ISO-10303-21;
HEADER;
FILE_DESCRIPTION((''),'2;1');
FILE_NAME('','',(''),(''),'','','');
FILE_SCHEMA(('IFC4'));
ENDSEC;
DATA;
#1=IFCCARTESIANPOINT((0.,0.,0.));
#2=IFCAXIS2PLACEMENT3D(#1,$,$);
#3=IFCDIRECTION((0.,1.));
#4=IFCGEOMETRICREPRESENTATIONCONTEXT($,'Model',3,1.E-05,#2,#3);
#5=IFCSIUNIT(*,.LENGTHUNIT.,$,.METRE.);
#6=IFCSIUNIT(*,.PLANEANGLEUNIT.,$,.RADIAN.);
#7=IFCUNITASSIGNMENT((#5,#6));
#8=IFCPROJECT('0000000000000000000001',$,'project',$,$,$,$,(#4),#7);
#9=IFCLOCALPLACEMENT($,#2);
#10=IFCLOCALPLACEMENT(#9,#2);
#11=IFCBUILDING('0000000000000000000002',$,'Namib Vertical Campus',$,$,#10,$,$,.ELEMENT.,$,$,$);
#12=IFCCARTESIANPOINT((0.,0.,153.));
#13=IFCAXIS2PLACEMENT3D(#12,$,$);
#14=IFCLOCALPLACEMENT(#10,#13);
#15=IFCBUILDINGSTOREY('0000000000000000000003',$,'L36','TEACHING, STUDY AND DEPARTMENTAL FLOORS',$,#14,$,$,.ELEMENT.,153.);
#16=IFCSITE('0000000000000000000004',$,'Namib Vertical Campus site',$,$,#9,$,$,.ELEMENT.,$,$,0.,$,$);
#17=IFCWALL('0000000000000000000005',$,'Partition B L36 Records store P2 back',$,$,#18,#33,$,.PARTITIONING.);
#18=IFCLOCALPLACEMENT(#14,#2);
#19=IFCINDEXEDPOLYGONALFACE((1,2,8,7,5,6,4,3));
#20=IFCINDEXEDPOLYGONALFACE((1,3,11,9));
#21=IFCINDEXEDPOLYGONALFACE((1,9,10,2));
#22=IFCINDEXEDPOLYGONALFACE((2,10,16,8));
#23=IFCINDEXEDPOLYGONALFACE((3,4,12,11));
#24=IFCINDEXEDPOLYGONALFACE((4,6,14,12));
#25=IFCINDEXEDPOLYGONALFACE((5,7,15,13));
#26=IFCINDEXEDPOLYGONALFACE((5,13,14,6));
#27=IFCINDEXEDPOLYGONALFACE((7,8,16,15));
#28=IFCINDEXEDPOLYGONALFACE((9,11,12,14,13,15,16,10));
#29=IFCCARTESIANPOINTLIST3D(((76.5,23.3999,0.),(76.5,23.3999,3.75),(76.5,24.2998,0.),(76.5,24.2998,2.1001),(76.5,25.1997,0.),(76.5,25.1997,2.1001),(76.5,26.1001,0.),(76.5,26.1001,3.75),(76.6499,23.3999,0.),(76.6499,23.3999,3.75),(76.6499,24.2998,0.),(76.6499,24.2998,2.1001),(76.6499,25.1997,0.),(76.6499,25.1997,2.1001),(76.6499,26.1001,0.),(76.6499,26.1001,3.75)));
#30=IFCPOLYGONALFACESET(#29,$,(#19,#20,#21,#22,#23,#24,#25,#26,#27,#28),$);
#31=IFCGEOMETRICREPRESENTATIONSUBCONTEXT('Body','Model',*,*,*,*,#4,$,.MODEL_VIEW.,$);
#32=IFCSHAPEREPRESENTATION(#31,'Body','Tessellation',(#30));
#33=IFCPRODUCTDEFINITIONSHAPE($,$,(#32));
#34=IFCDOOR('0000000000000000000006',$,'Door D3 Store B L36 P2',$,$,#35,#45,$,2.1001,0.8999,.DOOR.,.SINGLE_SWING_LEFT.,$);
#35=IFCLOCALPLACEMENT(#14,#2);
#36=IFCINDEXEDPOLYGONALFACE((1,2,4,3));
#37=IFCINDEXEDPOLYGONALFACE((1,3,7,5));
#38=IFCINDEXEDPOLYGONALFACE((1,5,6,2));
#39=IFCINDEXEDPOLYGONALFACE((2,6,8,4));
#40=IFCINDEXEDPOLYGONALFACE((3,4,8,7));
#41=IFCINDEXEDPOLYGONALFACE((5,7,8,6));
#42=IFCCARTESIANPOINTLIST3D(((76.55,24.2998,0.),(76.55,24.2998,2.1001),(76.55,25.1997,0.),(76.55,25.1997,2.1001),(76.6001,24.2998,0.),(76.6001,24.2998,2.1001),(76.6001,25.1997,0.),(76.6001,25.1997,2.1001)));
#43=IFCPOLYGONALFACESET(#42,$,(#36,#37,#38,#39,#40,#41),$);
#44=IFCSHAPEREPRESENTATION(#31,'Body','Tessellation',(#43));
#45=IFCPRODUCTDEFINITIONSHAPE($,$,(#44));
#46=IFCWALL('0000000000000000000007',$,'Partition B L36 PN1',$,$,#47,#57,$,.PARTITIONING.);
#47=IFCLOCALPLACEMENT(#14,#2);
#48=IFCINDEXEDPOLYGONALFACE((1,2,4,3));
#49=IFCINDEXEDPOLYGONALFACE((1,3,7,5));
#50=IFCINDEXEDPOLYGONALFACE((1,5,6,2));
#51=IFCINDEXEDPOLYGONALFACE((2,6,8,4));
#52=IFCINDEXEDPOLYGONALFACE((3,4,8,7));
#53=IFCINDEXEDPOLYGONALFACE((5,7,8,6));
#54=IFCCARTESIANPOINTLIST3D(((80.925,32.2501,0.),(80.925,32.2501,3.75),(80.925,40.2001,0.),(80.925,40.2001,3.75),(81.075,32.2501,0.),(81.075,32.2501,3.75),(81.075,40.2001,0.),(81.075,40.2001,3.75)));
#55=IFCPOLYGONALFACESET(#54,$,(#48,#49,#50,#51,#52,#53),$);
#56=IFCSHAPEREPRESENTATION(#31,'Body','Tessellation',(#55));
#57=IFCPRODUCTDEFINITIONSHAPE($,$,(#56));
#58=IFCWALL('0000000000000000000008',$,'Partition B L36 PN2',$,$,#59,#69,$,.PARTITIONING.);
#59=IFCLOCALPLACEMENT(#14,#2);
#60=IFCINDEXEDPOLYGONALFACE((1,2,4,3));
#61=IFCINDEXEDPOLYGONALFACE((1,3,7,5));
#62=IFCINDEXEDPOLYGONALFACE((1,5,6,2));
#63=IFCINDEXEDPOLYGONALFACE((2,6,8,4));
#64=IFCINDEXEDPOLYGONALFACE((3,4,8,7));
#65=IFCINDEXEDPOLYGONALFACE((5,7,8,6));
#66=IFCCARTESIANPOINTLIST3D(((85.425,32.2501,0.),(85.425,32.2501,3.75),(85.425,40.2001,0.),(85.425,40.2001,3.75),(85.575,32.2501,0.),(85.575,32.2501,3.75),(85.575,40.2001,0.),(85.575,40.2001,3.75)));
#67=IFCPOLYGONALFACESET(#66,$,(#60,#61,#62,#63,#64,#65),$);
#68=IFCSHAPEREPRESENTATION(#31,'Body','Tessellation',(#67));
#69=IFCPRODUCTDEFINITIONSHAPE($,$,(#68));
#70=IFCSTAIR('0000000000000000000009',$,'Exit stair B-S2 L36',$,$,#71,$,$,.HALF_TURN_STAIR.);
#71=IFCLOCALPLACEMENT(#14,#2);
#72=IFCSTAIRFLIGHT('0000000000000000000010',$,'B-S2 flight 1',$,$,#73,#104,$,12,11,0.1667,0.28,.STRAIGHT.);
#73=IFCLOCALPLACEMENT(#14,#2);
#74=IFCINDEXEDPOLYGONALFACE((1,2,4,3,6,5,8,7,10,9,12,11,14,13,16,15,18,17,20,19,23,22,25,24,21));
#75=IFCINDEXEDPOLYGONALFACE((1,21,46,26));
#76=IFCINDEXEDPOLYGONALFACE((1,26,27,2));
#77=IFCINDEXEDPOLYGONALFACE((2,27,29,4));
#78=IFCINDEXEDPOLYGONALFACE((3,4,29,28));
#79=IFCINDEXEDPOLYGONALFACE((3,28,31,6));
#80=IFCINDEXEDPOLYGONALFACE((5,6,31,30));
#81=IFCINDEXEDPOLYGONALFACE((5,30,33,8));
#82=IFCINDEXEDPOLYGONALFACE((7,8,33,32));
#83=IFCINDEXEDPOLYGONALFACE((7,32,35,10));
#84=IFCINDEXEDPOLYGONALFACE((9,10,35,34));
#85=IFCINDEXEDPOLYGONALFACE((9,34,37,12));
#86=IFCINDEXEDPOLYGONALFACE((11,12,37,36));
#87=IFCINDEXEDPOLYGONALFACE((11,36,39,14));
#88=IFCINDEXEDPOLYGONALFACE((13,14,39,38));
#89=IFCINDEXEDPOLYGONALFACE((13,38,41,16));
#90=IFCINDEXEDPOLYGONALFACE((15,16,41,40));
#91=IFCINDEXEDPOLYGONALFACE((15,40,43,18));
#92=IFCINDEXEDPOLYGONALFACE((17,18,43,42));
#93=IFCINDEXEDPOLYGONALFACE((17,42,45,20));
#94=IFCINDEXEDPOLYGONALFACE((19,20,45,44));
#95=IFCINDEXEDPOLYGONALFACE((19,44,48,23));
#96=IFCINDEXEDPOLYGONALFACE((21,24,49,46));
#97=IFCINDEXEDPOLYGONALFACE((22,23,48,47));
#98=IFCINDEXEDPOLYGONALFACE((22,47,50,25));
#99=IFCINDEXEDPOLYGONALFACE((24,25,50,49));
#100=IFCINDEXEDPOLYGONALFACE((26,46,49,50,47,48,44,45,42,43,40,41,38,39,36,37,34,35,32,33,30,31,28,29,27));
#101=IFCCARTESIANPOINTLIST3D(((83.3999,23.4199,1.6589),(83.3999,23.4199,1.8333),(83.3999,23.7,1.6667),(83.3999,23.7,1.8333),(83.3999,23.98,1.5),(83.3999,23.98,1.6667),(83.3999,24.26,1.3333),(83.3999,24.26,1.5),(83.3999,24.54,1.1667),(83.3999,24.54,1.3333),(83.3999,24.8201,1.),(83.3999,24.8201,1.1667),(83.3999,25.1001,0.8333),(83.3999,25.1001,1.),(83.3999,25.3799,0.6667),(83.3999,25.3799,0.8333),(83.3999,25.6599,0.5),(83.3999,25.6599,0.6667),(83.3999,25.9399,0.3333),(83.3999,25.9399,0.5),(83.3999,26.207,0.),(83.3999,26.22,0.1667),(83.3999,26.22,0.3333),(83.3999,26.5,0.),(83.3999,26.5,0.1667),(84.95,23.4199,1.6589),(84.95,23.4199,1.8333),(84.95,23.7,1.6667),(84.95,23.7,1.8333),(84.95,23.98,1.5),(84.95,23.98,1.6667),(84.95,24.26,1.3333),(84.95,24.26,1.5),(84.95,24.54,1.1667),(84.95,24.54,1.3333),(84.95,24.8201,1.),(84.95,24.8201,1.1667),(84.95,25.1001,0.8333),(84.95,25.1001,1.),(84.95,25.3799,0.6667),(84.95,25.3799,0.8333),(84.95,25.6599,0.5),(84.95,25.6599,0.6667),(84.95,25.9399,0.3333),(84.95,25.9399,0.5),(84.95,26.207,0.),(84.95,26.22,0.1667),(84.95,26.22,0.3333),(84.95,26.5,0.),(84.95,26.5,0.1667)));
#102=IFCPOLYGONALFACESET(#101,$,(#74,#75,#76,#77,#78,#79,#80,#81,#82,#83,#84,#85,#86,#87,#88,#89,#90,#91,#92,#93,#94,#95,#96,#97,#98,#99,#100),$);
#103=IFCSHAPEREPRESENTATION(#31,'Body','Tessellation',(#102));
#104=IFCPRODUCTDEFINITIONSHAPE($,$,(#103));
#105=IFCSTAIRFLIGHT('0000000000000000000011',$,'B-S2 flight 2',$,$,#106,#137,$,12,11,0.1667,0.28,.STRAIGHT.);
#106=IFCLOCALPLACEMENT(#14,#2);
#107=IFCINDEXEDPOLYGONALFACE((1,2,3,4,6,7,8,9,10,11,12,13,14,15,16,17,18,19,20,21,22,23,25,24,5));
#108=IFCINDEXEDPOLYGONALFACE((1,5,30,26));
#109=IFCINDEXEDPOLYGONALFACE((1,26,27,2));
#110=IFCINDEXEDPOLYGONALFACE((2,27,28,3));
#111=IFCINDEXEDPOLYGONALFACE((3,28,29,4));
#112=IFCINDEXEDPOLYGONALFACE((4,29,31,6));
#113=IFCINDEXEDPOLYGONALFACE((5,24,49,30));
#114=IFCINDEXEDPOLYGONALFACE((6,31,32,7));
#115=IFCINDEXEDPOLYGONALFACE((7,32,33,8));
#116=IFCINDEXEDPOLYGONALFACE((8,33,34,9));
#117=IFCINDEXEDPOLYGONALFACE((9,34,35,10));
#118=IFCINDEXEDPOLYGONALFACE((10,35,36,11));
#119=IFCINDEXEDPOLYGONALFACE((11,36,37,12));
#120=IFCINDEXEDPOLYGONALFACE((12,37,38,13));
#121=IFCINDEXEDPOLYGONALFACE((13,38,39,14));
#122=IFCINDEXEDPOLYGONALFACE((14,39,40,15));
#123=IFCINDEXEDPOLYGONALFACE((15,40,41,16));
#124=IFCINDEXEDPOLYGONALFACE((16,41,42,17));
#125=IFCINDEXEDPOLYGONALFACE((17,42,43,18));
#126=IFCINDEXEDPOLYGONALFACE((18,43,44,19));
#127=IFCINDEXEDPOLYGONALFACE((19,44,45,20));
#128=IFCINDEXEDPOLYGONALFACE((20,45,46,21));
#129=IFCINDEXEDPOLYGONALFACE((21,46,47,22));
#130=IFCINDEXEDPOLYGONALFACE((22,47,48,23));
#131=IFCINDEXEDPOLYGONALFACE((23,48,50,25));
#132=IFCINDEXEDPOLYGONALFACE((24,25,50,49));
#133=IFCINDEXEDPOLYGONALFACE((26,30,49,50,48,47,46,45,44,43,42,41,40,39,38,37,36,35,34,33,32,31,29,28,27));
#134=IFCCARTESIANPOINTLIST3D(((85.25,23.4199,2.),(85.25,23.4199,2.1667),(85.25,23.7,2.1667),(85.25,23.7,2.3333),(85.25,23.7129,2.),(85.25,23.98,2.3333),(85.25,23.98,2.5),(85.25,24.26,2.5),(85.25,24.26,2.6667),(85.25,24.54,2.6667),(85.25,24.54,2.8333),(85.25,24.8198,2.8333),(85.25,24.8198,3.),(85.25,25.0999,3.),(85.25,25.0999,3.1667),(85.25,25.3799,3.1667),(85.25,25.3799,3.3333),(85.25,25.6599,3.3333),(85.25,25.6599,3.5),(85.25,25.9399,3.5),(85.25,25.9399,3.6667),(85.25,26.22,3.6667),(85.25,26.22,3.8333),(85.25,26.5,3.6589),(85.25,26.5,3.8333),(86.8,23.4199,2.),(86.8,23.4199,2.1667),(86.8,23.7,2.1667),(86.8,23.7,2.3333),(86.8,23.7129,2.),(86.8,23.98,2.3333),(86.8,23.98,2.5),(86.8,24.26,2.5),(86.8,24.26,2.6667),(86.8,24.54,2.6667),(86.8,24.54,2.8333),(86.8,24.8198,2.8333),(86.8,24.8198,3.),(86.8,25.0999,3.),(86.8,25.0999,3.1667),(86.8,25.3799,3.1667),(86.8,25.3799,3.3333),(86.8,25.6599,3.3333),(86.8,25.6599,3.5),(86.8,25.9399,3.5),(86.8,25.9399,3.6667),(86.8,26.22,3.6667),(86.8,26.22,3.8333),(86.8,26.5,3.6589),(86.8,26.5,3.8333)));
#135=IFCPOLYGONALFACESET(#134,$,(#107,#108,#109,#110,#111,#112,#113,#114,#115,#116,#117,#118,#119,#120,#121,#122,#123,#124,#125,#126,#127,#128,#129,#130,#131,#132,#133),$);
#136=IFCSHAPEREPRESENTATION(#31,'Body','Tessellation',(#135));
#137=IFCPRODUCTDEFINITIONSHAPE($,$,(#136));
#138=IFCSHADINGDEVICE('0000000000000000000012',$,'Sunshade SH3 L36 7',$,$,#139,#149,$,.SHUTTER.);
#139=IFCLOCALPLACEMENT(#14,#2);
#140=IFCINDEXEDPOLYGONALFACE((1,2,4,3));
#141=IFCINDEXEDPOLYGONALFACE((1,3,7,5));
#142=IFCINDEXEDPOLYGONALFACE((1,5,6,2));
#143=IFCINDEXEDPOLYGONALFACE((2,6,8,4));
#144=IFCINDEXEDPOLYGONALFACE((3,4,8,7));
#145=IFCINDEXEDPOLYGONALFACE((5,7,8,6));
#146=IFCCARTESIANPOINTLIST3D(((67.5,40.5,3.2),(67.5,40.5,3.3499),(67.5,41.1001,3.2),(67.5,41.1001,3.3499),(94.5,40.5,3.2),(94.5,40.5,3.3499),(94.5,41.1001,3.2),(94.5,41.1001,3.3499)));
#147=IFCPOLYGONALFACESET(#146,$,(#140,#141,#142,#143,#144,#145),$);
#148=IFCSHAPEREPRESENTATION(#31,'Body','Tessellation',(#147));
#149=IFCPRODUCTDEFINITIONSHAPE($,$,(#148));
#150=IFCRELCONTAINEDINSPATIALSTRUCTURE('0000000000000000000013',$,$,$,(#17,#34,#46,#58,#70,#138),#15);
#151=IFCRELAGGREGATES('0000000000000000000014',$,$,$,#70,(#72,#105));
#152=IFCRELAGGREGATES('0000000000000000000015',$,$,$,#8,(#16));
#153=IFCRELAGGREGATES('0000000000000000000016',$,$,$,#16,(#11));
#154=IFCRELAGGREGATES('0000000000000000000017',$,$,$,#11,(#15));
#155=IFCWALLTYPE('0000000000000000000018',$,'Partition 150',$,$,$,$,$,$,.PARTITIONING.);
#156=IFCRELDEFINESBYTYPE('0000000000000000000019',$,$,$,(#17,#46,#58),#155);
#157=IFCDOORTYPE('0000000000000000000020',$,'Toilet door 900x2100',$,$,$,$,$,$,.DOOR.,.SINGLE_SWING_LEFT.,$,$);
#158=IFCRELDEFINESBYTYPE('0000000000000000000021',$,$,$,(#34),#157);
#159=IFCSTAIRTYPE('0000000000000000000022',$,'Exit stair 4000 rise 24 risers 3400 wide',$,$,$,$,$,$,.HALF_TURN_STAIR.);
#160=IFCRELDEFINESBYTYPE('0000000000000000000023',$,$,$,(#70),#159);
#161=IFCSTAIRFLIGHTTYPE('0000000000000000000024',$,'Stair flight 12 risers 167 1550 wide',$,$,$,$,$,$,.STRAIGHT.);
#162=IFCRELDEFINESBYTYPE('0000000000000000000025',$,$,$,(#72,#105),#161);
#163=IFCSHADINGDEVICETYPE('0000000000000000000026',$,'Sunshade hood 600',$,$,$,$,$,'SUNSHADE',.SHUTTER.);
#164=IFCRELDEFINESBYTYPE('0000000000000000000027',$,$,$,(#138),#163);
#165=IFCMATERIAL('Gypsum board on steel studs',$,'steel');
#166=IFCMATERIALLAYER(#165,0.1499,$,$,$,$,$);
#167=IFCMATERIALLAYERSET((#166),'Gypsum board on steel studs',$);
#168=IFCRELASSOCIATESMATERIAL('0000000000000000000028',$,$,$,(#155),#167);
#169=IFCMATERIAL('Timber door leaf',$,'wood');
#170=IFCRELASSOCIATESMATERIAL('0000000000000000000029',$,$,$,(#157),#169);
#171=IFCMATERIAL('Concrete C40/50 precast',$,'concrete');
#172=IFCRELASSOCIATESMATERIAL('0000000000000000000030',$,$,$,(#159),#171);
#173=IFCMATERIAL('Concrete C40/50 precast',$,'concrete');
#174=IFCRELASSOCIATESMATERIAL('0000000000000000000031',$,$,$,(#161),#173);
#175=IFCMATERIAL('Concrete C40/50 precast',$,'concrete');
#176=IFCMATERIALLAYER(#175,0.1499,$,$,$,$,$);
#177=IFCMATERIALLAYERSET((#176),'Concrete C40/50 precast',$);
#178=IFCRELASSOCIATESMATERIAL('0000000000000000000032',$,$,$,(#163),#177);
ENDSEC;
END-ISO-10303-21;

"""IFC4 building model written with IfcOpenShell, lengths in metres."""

from ifc_helpers import new_model, si_unit, direction, frame, frame_2d, origin, origin_2d, place, context, subcontext, project, spatial, polyline, rectangle, outline, extrude, material, layer, layer_set, type_object, element, fill, aggregate, save


model = new_model("IFC4")

# Units and contexts
model_context = context("Model", 3, precision=1e-05, world=origin(), true_north=direction((0.0, 1.0)))
body_context = subcontext(model_context, "Body", "Model", "MODEL_VIEW")
ifc_project = project(units=[si_unit("LENGTHUNIT", "METRE"), si_unit("PLANEANGLEUNIT", "RADIAN")], contexts=[model_context])

# Site, building, storey
site_placement = place(None, origin())
site = spatial("IfcSite", under=ifc_project, at=site_placement, Name="Namib Vertical Campus site", CompositionType="ELEMENT", RefElevation=0.0)
building_placement = place(site_placement, origin())
building = spatial("IfcBuilding", under=site, at=building_placement, Name="Namib Vertical Campus", CompositionType="ELEMENT")
storey_placement = place(building_placement, frame((0.0, 0.0, 153.0)))
storey = spatial("IfcBuildingStorey", under=building, at=storey_placement, Name="L36", Description="TEACHING, STUDY AND DEPARTMENTAL FLOORS", CompositionType="ELEMENT", Elevation=153.0)

# Shared definitions
ifc_material_1 = material(Name="Gypsum board on steel studs", Category="steel")
ifc_layer_1 = layer(ifc_material_1, 0.1499)
ifc_layer_set_1 = layer_set([ifc_layer_1], Name="Gypsum board on steel studs")
wall_type_1 = type_object("IfcWallType", Name="Partition 150", PredefinedType="PARTITIONING", material=ifc_layer_set_1)
ifc_material_2 = material(Name="Timber door leaf", Category="wood")
door_type = type_object("IfcDoorType", Name="Toilet door 900x2100", OperationType="SINGLE_SWING_LEFT", PredefinedType="DOOR", material=ifc_material_2)

# Wall, opening, door
wall_1_placement = place(storey_placement, frame((76.575, 23.3999, 0.0), z_axis=(0.0, 0.0, 1.0), x_axis=(0.0, 1.0, 0.0)))
wall_1 = element("IfcWall", 1, at=wall_1_placement, inside=storey, type_object=wall_type_1, Name="Partition B L36 Records store P2 back", PredefinedType="PARTITIONING", context=body_context, shape_type="SweptSolid", body=[
    extrude(rectangle(XDim=2.7002, YDim=0.1499, at=frame_2d((1.3501, 0.0))), origin(), (0.0, 0.0, 1.0), 3.75),
])
opening_1_placement = place(wall_1_placement, frame((0.8999, 0.0, 0.0)))
opening_1 = element("IfcOpeningElement", 2, at=opening_1_placement, cuts=wall_1, PredefinedType="OPENING", context=body_context, shape_type="SweptSolid", body=[
    extrude(rectangle(XDim=0.8999, YDim=2.1001, at=frame_2d((0.45, 1.05))), frame((0.0, 0.085, 0.0), z_axis=(0.0, -1.0, 0.0), x_axis=(1.0, 0.0, 0.0)), (0.0, 0.0, 1.0), 0.1699),
])
door_1_placement = place(opening_1_placement, origin())
door_1 = element("IfcDoor", 3, at=door_1_placement, inside=storey, type_object=door_type, Name="Door D3 Store B L36 P2", OperationType="SINGLE_SWING_LEFT", OverallHeight=2.1001, OverallWidth=0.8999, PredefinedType="DOOR", context=body_context, shape_type="SweptSolid", body=[
    extrude(rectangle(XDim=0.8999, YDim=2.1001, at=frame_2d((0.45, 1.05))), frame((0.0, 0.0249, 0.0), z_axis=(0.0, -1.0, 0.0), x_axis=(1.0, 0.0, 0.0)), (0.0, 0.0, 1.0), 0.05),
])
fill(opening_1, door_1)

# Walls
for number, where, z_axis, x_axis, name in (
    (4, (81.0, 32.25, 0.0), (0.0, 0.0, 1.0), (0.0, 1.0, 0.0), "Partition B L36 PN1"),
    (5, (85.5, 32.25, 0.0), (0.0, 0.0, 1.0), (0.0, 1.0, 0.0), "Partition B L36 PN2"),
):
    element("IfcWall", number, at=place(storey_placement, frame(where, z_axis=z_axis, x_axis=x_axis)), inside=storey, type_object=wall_type_1, Name=name, PredefinedType="PARTITIONING", context=body_context, shape_type="SweptSolid", body=[
        extrude(rectangle(XDim=7.95, YDim=0.1499, at=frame_2d((3.9751, 0.0))), origin(), (0.0, 0.0, 1.0), 3.75),
    ])

# Stair, stair flights
ifc_material_3 = material(Name="Concrete C40/50 precast", Category="concrete")
stair_type = type_object("IfcStairType", Name="Exit stair 4000 rise 24 risers 3400 wide", PredefinedType="HALF_TURN_STAIR", material=ifc_material_3)
stair_placement = place(storey_placement, origin())
stair = element("IfcStair", 6, at=stair_placement, inside=storey, type_object=stair_type, Name="Exit stair B-S2 L36", PredefinedType="HALF_TURN_STAIR")
ifc_material_4 = material(Name="Concrete C40/50 precast", Category="concrete")
stair_flight_type = type_object("IfcStairFlightType", Name="Stair flight 12 risers 167 1550 wide", PredefinedType="STRAIGHT", material=ifc_material_4)
stair_flight_1_placement = place(storey_placement, frame((84.175, 26.5, 0.0), z_axis=(0.0, 0.0, 1.0), x_axis=(0.0, -1.0, 0.0)))
stair_flight_1 = element("IfcStairFlight", 7, at=stair_flight_1_placement, type_object=stair_flight_type, Name="B-S2 flight 1", NumberOfRisers=12, NumberOfTreads=11, PredefinedType="STRAIGHT", RiserHeight=0.1667, TreadLength=0.28, context=body_context, shape_type="SweptSolid", body=[
    extrude(outline(polyline([(0.0, 0.0), (0.0, 0.1667), (0.28, 0.1667), (0.28, 0.3333), (0.5601, 0.3333), (0.5601, 0.5), (0.8401, 0.5), (0.8401, 0.6667), (1.1201, 0.6667), (1.1201, 0.8333), (1.3999, 0.8333), (1.3999, 1.0), (1.6799, 1.0), (1.6799, 1.1667), (1.96, 1.1667), (1.96, 1.3333), (2.24, 1.3333), (2.24, 1.5), (2.52, 1.5), (2.52, 1.6667), (2.8, 1.6667), (2.8, 1.8333), (3.0801, 1.8333), (3.0801, 2.0), (3.0801, 1.6589), (0.293, 0.0), (0.0, 0.0)])), frame((0.0, 0.7749, 0.0), z_axis=(0.0, -1.0, 0.0), x_axis=(1.0, 0.0, 0.0)), (0.0, 0.0, 1.0), 1.55),
])
stair_flight_2_placement = place(storey_placement, frame((86.0249, 23.4199, 2.0), z_axis=(0.0, 0.0, 1.0), x_axis=(0.0, 1.0, 0.0)))
stair_flight_2 = element("IfcStairFlight", 8, at=stair_flight_2_placement, type_object=stair_flight_type, Name="B-S2 flight 2", NumberOfRisers=12, NumberOfTreads=11, PredefinedType="STRAIGHT", RiserHeight=0.1667, TreadLength=0.28, context=body_context, shape_type="SweptSolid", body=[
    extrude(outline(polyline([(0.0, 0.0), (0.0, 0.1667), (0.28, 0.1667), (0.28, 0.3333), (0.5601, 0.3333), (0.5601, 0.5), (0.8401, 0.5), (0.8401, 0.6667), (1.1201, 0.6667), (1.1201, 0.8333), (1.3999, 0.8333), (1.3999, 1.0), (1.6799, 1.0), (1.6799, 1.1667), (1.96, 1.1667), (1.96, 1.3333), (2.24, 1.3333), (2.24, 1.5), (2.52, 1.5), (2.52, 1.6667), (2.8, 1.6667), (2.8, 1.8333), (3.0801, 1.8333), (3.0801, 2.0), (3.0801, 1.6589), (0.293, 0.0), (0.0, 0.0)])), frame((0.0, 0.7749, 0.0), z_axis=(0.0, -1.0, 0.0), x_axis=(1.0, 0.0, 0.0)), (0.0, 0.0, 1.0), 1.55),
])
aggregate(stair, [stair_flight_1, stair_flight_2])

# Shading device
ifc_material_5 = material(Name="Concrete C40/50 precast", Category="concrete")
ifc_layer_2 = layer(ifc_material_5, 0.1499)
ifc_layer_set_2 = layer_set([ifc_layer_2], Name="Concrete C40/50 precast")
shading_device_type = type_object("IfcShadingDeviceType", Name="Sunshade hood 600", ElementType="SUNSHADE", PredefinedType="SHUTTER", material=ifc_layer_set_2)
shading_device_placement = place(storey_placement, frame((81.0, 40.8, 3.2), z_axis=(0.0, 0.0, 1.0), x_axis=(-1.0, 0.0, 0.0)))
element("IfcShadingDevice", 9, at=shading_device_placement, inside=storey, type_object=shading_device_type, Name="Sunshade SH3 L36 7", PredefinedType="SHUTTER", context=body_context, shape_type="SweptSolid", body=[
    extrude(rectangle(XDim=27.0, YDim=0.6001, at=origin_2d()), origin(), (0.0, 0.0, 1.0), 0.1499),
])

save(model, "model.ifc")
